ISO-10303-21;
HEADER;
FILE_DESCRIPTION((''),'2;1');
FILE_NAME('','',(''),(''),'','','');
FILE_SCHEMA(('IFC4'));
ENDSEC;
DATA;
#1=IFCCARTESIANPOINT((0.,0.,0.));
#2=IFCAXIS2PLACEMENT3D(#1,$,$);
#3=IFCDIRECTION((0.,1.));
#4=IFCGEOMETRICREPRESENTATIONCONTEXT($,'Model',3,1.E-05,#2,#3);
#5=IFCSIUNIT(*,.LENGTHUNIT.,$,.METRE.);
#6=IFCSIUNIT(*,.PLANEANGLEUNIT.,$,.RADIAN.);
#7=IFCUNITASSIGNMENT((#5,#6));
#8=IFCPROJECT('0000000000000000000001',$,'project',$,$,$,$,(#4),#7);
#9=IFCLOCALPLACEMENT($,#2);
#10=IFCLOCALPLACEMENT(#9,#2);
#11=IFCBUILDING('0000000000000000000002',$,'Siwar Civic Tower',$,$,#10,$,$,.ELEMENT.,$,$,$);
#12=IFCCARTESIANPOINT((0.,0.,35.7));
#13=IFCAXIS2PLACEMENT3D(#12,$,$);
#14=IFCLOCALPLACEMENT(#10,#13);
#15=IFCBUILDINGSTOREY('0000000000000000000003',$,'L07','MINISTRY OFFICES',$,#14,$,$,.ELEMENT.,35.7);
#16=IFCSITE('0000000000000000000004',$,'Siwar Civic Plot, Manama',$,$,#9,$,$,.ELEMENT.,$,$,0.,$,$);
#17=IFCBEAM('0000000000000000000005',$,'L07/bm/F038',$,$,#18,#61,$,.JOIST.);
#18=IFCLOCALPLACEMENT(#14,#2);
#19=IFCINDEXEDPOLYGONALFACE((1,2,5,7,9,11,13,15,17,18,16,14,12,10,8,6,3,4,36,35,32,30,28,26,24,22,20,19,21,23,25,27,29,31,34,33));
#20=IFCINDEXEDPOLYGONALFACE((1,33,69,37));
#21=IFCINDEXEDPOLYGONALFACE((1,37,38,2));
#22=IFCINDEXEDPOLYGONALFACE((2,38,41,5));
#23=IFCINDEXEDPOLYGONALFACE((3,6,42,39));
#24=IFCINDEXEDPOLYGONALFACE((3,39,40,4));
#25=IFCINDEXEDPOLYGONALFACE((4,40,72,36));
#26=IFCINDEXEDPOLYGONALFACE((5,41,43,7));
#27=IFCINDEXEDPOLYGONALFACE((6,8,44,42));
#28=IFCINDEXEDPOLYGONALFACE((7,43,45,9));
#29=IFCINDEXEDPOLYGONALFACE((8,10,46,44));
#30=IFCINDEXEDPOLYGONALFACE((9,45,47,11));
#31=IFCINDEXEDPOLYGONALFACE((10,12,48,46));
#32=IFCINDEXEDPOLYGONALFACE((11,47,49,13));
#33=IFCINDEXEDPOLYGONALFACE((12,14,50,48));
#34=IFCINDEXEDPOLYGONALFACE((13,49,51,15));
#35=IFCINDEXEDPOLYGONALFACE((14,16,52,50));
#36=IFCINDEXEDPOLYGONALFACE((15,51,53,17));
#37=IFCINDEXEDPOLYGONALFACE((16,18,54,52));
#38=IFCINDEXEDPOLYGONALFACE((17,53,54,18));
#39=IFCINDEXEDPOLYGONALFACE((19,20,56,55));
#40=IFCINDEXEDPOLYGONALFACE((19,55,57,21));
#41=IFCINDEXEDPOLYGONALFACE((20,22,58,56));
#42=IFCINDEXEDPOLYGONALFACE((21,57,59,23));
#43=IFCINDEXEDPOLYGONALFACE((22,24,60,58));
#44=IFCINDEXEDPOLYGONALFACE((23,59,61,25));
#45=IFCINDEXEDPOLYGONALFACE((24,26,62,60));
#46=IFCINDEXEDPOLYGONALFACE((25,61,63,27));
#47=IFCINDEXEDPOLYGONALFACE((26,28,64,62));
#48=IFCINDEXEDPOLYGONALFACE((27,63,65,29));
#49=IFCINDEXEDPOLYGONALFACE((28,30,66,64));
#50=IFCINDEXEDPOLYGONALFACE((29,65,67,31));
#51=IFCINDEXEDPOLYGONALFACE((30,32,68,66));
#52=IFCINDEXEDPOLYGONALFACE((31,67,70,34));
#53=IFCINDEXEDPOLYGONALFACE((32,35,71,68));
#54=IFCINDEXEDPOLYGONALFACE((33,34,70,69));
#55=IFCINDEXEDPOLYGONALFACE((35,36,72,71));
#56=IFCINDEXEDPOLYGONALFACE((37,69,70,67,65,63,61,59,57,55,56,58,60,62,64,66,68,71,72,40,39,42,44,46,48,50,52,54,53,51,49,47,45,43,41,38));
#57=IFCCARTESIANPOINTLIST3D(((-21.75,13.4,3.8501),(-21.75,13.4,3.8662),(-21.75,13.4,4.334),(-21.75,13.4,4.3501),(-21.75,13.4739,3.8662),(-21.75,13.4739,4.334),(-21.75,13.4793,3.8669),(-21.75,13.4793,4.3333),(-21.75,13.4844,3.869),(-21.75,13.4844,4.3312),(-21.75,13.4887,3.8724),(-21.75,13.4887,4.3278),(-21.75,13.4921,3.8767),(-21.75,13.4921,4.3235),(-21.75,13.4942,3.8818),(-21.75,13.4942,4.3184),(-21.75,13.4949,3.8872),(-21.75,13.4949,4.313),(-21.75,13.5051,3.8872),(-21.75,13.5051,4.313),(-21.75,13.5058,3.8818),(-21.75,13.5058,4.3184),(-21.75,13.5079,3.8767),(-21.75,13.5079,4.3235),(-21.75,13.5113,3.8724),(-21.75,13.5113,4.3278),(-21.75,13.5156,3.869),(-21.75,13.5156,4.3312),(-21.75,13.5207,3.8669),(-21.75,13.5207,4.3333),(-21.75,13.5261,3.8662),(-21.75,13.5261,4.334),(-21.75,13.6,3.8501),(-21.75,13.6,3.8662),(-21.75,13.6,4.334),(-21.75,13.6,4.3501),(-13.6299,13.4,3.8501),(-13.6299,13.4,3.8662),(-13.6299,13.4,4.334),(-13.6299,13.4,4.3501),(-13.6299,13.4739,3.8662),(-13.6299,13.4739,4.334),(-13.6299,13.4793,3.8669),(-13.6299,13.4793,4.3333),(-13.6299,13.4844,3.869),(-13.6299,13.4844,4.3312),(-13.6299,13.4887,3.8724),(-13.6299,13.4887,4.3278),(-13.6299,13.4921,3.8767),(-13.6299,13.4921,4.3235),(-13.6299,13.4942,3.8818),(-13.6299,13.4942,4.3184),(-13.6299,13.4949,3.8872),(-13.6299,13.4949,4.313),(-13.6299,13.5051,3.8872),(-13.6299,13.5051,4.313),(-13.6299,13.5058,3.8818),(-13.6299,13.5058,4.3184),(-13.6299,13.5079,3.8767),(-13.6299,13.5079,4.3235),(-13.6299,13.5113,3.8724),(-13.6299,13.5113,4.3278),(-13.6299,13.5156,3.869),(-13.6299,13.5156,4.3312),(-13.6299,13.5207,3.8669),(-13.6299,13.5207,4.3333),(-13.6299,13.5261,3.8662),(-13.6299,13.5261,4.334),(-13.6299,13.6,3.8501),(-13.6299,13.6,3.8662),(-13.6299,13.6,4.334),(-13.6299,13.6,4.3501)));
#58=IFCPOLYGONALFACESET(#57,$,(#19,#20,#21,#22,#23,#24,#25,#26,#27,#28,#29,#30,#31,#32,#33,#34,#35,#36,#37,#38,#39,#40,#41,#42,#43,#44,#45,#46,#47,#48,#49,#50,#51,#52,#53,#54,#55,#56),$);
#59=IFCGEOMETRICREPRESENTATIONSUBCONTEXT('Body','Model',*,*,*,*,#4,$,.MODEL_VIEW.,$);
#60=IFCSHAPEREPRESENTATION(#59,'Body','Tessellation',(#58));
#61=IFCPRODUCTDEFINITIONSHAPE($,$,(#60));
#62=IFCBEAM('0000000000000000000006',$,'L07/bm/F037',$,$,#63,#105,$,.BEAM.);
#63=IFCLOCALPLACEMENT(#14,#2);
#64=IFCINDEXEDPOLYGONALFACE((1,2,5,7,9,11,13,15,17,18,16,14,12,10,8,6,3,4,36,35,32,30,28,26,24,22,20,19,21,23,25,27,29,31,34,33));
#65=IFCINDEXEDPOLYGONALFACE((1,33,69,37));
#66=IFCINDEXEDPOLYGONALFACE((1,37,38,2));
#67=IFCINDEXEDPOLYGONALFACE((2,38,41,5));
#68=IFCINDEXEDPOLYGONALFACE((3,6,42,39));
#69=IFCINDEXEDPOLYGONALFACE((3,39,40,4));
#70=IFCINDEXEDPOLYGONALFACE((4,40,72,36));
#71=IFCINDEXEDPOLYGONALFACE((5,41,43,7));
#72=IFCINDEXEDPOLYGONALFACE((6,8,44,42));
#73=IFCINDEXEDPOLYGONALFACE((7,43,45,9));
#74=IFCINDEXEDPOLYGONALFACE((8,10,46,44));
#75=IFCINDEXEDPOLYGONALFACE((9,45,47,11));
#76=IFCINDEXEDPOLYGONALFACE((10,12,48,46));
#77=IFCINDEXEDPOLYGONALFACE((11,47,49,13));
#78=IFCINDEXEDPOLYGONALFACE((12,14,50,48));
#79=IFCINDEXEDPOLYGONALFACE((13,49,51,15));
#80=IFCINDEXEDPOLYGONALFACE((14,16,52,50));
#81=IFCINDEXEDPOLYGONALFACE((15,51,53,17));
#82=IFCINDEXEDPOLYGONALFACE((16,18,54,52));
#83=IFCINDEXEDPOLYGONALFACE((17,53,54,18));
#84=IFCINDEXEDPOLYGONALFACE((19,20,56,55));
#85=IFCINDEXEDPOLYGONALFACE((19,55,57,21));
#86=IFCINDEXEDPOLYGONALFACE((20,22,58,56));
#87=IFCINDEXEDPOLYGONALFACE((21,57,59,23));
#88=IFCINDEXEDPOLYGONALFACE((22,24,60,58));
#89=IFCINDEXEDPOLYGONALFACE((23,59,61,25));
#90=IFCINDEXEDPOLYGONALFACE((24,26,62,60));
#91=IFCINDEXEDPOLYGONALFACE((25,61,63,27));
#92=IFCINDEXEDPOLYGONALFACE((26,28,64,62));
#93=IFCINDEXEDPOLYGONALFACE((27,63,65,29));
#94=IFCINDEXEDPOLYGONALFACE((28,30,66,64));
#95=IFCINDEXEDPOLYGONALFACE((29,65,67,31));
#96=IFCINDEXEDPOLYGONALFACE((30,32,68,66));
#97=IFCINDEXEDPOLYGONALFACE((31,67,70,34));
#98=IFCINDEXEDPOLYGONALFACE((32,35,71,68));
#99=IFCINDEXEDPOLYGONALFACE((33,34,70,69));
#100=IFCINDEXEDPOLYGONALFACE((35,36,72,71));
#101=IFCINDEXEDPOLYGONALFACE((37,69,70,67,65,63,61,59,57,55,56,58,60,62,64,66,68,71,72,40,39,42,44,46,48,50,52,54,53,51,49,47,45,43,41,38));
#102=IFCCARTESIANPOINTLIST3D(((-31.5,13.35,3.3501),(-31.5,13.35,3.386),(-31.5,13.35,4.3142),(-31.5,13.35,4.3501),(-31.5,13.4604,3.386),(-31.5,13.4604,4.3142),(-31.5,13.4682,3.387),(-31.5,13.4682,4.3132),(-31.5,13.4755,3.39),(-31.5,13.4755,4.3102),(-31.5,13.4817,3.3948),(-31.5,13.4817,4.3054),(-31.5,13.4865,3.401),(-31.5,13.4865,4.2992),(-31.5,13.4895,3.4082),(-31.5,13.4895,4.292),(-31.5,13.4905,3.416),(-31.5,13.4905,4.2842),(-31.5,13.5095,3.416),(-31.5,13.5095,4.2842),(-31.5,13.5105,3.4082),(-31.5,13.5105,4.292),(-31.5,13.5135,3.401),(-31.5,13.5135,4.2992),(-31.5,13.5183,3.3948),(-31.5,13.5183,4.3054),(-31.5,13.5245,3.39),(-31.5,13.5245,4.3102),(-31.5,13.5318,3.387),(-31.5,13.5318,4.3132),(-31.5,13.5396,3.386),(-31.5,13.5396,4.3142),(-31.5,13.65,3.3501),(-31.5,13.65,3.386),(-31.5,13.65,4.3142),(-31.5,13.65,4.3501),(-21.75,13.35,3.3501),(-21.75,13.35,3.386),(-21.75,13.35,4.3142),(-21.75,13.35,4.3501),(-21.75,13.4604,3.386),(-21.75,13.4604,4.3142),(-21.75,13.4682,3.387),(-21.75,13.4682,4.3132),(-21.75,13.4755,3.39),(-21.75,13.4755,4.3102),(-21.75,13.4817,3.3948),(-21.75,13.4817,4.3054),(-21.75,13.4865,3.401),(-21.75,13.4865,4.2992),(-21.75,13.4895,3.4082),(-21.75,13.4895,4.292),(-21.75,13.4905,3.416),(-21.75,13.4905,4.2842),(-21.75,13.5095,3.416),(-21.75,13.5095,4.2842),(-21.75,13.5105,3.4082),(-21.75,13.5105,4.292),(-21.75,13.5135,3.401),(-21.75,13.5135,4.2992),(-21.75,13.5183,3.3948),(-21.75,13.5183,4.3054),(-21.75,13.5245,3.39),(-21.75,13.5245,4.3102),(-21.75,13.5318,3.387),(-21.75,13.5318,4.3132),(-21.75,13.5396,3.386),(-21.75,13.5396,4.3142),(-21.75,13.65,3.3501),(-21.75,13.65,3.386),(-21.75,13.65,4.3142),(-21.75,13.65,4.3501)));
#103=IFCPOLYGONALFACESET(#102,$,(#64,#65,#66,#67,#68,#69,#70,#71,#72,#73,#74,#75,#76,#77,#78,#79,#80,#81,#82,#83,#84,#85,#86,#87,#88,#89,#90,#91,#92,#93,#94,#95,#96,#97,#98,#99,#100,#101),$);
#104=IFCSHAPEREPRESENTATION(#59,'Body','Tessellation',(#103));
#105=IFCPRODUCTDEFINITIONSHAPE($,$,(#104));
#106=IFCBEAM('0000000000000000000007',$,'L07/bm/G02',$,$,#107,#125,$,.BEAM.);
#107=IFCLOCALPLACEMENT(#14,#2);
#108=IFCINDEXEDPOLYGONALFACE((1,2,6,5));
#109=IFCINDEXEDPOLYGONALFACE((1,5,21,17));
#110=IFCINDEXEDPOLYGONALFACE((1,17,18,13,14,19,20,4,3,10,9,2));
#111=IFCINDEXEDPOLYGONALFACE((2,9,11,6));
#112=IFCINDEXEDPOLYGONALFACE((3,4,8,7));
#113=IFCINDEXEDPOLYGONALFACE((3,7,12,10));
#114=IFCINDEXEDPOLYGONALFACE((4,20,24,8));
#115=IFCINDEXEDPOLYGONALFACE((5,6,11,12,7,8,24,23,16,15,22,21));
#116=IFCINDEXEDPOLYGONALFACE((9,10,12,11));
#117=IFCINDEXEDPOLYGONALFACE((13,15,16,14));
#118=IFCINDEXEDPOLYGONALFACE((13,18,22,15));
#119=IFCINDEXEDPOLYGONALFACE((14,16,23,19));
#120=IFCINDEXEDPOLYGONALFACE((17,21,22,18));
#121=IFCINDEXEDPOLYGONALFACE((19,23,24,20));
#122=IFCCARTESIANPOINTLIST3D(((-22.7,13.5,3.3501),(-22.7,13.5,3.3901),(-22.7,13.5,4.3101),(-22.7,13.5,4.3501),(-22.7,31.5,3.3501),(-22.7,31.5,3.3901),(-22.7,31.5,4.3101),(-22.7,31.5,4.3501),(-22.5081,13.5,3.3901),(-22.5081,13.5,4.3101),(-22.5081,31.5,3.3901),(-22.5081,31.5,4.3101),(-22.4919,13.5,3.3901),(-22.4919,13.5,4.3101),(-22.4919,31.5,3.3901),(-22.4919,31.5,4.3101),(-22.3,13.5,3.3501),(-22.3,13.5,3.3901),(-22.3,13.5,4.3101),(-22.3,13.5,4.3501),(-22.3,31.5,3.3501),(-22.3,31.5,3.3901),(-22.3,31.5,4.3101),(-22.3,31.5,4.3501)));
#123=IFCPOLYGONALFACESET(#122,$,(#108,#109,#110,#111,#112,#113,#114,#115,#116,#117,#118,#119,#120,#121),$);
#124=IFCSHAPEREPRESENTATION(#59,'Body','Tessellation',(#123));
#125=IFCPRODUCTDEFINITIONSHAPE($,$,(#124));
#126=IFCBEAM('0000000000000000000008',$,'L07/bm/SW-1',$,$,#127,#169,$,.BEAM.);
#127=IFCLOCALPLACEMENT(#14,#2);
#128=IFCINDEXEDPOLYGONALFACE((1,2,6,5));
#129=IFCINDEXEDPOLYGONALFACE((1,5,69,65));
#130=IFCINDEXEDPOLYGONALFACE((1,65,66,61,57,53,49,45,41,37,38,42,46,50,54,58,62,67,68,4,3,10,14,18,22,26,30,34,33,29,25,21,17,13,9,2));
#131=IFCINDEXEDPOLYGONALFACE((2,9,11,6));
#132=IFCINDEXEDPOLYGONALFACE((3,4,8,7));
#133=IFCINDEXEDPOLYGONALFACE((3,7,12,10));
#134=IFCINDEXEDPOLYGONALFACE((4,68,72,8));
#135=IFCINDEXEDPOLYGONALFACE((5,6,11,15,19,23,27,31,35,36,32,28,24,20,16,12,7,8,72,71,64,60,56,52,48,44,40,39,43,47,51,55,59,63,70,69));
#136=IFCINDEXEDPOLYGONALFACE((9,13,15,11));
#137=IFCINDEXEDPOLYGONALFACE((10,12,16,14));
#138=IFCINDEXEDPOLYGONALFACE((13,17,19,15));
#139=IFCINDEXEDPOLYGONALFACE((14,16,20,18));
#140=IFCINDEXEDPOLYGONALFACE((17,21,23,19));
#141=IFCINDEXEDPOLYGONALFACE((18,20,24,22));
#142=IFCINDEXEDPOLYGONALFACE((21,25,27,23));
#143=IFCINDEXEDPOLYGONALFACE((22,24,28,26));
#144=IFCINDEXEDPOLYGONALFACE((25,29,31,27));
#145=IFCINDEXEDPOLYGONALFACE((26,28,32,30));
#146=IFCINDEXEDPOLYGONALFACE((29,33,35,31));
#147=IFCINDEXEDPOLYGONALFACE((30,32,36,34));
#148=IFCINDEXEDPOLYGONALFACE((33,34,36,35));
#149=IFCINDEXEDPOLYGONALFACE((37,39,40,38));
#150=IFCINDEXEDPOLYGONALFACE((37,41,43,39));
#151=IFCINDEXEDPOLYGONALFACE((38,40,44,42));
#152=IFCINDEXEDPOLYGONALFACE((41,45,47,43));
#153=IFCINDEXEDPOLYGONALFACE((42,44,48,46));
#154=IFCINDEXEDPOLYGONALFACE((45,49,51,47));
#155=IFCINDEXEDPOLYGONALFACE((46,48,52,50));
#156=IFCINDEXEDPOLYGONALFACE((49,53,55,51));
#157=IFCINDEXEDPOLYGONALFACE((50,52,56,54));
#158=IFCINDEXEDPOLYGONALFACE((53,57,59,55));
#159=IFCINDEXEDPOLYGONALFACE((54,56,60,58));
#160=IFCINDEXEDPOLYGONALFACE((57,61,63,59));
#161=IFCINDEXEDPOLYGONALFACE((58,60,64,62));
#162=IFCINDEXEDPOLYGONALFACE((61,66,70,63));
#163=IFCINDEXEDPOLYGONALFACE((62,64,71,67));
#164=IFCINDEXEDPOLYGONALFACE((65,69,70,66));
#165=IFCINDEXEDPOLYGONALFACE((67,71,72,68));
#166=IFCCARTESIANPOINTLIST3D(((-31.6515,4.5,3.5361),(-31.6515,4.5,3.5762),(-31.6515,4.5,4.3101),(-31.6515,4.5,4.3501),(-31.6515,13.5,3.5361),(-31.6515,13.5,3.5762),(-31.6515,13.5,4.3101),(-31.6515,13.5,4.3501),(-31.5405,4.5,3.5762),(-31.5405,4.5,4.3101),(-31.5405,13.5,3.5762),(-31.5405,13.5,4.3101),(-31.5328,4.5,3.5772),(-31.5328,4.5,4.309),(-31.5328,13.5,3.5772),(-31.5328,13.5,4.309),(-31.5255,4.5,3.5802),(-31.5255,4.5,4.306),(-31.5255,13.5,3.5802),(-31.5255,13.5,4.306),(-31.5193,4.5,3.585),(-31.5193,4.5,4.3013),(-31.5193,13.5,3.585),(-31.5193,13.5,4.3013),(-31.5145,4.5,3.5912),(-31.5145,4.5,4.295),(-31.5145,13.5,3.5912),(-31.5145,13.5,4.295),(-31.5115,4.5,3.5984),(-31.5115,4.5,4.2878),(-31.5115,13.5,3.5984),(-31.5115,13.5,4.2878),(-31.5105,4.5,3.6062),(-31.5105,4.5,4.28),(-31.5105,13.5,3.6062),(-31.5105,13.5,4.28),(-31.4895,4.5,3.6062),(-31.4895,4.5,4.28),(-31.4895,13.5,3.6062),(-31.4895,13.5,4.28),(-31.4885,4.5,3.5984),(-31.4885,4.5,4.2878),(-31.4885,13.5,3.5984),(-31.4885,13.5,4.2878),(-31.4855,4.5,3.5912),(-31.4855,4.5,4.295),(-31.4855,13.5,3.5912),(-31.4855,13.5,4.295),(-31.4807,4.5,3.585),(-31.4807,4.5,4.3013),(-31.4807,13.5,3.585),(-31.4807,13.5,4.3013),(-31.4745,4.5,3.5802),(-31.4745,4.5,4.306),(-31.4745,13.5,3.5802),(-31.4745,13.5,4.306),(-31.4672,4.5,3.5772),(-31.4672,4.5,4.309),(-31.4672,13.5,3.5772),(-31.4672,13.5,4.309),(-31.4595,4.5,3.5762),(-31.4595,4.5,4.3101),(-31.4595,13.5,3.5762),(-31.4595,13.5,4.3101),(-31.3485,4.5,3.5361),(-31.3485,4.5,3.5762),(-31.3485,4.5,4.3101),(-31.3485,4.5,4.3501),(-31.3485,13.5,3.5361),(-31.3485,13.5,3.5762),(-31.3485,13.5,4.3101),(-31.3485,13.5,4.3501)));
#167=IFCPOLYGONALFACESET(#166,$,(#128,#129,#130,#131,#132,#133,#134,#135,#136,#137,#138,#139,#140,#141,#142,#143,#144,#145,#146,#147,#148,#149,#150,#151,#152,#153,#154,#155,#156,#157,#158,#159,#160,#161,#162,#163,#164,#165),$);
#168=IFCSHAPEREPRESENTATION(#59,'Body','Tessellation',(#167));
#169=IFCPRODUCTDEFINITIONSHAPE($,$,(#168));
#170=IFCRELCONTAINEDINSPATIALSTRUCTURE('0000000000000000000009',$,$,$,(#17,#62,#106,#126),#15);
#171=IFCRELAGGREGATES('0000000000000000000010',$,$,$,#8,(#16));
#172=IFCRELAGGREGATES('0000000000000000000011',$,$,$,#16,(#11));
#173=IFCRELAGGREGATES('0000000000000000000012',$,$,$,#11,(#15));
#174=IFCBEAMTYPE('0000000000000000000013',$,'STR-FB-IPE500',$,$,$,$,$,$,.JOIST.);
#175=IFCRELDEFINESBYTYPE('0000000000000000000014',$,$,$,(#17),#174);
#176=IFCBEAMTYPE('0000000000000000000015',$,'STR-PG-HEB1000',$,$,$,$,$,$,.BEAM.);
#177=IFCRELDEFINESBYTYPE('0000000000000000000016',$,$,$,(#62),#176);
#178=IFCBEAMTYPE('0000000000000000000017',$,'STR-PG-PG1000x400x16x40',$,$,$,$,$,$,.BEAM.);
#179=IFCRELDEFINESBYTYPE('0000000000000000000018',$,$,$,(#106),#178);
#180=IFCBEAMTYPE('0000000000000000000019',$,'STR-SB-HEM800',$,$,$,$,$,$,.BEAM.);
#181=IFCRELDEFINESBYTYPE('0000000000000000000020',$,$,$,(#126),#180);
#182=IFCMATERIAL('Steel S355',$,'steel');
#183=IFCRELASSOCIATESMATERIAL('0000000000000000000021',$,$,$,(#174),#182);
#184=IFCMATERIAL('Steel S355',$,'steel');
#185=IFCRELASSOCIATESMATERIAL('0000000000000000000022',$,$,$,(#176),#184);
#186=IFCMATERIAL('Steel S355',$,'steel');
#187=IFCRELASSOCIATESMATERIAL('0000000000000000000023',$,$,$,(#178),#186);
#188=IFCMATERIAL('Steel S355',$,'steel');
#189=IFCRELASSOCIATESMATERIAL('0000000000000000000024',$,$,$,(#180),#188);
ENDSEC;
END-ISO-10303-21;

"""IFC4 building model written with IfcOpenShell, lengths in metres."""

from ifc_helpers import new_model, si_unit, direction, frame, origin, origin_2d, place, context, subcontext, project, spatial, i_section, extrude, material, material_profile, profile_set, type_object, element, save


model = new_model("IFC4")

# Units and contexts
model_context = context("Model", 3, precision=1e-05, world=origin(), true_north=direction((0.0, 1.0)))
body_context = subcontext(model_context, "Body", "Model", "MODEL_VIEW")
ifc_project = project(units=[si_unit("LENGTHUNIT", "METRE"), si_unit("PLANEANGLEUNIT", "RADIAN")], contexts=[model_context])

# Site, building, storey
site_placement = place(None, origin())
site = spatial("IfcSite", under=ifc_project, at=site_placement, Name="Siwar Civic Plot, Manama", CompositionType="ELEMENT", RefElevation=0.0)
building_placement = place(site_placement, origin())
building = spatial("IfcBuilding", under=site, at=building_placement, Name="Siwar Civic Tower", CompositionType="ELEMENT")
storey_placement = place(building_placement, frame((0.0, 0.0, 35.7)))
storey = spatial("IfcBuildingStorey", under=building, at=storey_placement, Name="L07", Description="MINISTRY OFFICES", CompositionType="ELEMENT", Elevation=35.7)

# Beams
ifc_material_1 = material(Name="Steel S355", Category="steel")
ifc_material_profile_1 = material_profile(ifc_material_1, i_section(OverallWidth=0.2, OverallDepth=0.5, WebThickness=0.0103, FlangeThickness=0.0161, FilletRadius=0.021, at=origin_2d()), Name="IPE500")
ifc_profile_set_1 = profile_set([ifc_material_profile_1], Name="Steel S355")
beam_type_1 = type_object("IfcBeamType", Name="STR-FB-IPE500", PredefinedType="JOIST", material=ifc_profile_set_1)
beam_1_placement = place(storey_placement, frame((-21.75, 13.5, 4.1001), z_axis=(1.0, 0.0, 0.0), x_axis=(0.0, 1.0, 0.0)))
element("IfcBeam", 1, at=beam_1_placement, inside=storey, type_object=beam_type_1, Name="L07/bm/F038", PredefinedType="JOIST", context=body_context, shape_type="SweptSolid", body=[
    extrude(i_section(OverallWidth=0.2, OverallDepth=0.5, WebThickness=0.0103, FlangeThickness=0.0161, FilletRadius=0.021, at=origin_2d()), origin(), (0.0, 0.0, 1.0), 8.1201),
])
ifc_material_2 = material(Name="Steel S355", Category="steel")
ifc_material_profile_2 = material_profile(ifc_material_2, i_section(OverallWidth=0.3, OverallDepth=1.0, WebThickness=0.019, FlangeThickness=0.0359, FilletRadius=0.03, at=origin_2d()), Name="HEB1000")
ifc_profile_set_2 = profile_set([ifc_material_profile_2], Name="Steel S355")
beam_type_2 = type_object("IfcBeamType", Name="STR-PG-HEB1000", PredefinedType="BEAM", material=ifc_profile_set_2)
beam_2_placement = place(storey_placement, frame((-31.5, 13.5, 3.8501), z_axis=(1.0, 0.0, 0.0), x_axis=(0.0, 1.0, 0.0)))
element("IfcBeam", 2, at=beam_2_placement, inside=storey, type_object=beam_type_2, Name="L07/bm/F037", PredefinedType="BEAM", context=body_context, shape_type="SweptSolid", body=[
    extrude(i_section(OverallWidth=0.3, OverallDepth=1.0, WebThickness=0.019, FlangeThickness=0.0359, FilletRadius=0.03, at=origin_2d()), origin(), (0.0, 0.0, 1.0), 9.75),
])
ifc_material_3 = material(Name="Steel S355", Category="steel")
ifc_material_profile_3 = material_profile(ifc_material_3, i_section(OverallWidth=0.3999, OverallDepth=1.0, WebThickness=0.0161, FlangeThickness=0.04, at=origin_2d()), Name="PG1000x400x16x40")
ifc_profile_set_3 = profile_set([ifc_material_profile_3], Name="Steel S355")
beam_type_3 = type_object("IfcBeamType", Name="STR-PG-PG1000x400x16x40", PredefinedType="BEAM", material=ifc_profile_set_3)
beam_3_placement = place(storey_placement, frame((-22.5, 13.5, 3.8501), z_axis=(0.0, 1.0, 0.0), x_axis=(-1.0, 0.0, 0.0)))
element("IfcBeam", 3, at=beam_3_placement, inside=storey, type_object=beam_type_3, Name="L07/bm/G02", PredefinedType="BEAM", context=body_context, shape_type="SweptSolid", body=[
    extrude(i_section(OverallWidth=0.3999, OverallDepth=1.0, WebThickness=0.0161, FlangeThickness=0.04, at=origin_2d()), origin(), (0.0, 0.0, 1.0), 18.0),
])
ifc_material_4 = material(Name="Steel S355", Category="steel")
ifc_material_profile_4 = material_profile(ifc_material_4, i_section(OverallWidth=0.303, OverallDepth=0.814, WebThickness=0.021, FlangeThickness=0.04, FilletRadius=0.03, at=origin_2d()), Name="HEM800")
ifc_profile_set_4 = profile_set([ifc_material_profile_4], Name="Steel S355")
beam_type_4 = type_object("IfcBeamType", Name="STR-SB-HEM800", PredefinedType="BEAM", material=ifc_profile_set_4)
for number, where, z_axis, x_axis, name in (
    (4, (-31.5, 13.5, 3.9431), (0.0, -1.0, 0.0), (1.0, 0.0, 0.0), "L07/bm/SW-1"),
):
    element("IfcBeam", number, at=place(storey_placement, frame(where, z_axis=z_axis, x_axis=x_axis)), inside=storey, type_object=beam_type_4, Name=name, PredefinedType="BEAM", context=body_context, shape_type="SweptSolid", body=[
        extrude(i_section(OverallWidth=0.303, OverallDepth=0.814, WebThickness=0.021, FlangeThickness=0.04, FilletRadius=0.03, at=origin_2d()), origin(), (0.0, 0.0, 1.0), 9.0),
    ])

save(model, "model.ifc")
